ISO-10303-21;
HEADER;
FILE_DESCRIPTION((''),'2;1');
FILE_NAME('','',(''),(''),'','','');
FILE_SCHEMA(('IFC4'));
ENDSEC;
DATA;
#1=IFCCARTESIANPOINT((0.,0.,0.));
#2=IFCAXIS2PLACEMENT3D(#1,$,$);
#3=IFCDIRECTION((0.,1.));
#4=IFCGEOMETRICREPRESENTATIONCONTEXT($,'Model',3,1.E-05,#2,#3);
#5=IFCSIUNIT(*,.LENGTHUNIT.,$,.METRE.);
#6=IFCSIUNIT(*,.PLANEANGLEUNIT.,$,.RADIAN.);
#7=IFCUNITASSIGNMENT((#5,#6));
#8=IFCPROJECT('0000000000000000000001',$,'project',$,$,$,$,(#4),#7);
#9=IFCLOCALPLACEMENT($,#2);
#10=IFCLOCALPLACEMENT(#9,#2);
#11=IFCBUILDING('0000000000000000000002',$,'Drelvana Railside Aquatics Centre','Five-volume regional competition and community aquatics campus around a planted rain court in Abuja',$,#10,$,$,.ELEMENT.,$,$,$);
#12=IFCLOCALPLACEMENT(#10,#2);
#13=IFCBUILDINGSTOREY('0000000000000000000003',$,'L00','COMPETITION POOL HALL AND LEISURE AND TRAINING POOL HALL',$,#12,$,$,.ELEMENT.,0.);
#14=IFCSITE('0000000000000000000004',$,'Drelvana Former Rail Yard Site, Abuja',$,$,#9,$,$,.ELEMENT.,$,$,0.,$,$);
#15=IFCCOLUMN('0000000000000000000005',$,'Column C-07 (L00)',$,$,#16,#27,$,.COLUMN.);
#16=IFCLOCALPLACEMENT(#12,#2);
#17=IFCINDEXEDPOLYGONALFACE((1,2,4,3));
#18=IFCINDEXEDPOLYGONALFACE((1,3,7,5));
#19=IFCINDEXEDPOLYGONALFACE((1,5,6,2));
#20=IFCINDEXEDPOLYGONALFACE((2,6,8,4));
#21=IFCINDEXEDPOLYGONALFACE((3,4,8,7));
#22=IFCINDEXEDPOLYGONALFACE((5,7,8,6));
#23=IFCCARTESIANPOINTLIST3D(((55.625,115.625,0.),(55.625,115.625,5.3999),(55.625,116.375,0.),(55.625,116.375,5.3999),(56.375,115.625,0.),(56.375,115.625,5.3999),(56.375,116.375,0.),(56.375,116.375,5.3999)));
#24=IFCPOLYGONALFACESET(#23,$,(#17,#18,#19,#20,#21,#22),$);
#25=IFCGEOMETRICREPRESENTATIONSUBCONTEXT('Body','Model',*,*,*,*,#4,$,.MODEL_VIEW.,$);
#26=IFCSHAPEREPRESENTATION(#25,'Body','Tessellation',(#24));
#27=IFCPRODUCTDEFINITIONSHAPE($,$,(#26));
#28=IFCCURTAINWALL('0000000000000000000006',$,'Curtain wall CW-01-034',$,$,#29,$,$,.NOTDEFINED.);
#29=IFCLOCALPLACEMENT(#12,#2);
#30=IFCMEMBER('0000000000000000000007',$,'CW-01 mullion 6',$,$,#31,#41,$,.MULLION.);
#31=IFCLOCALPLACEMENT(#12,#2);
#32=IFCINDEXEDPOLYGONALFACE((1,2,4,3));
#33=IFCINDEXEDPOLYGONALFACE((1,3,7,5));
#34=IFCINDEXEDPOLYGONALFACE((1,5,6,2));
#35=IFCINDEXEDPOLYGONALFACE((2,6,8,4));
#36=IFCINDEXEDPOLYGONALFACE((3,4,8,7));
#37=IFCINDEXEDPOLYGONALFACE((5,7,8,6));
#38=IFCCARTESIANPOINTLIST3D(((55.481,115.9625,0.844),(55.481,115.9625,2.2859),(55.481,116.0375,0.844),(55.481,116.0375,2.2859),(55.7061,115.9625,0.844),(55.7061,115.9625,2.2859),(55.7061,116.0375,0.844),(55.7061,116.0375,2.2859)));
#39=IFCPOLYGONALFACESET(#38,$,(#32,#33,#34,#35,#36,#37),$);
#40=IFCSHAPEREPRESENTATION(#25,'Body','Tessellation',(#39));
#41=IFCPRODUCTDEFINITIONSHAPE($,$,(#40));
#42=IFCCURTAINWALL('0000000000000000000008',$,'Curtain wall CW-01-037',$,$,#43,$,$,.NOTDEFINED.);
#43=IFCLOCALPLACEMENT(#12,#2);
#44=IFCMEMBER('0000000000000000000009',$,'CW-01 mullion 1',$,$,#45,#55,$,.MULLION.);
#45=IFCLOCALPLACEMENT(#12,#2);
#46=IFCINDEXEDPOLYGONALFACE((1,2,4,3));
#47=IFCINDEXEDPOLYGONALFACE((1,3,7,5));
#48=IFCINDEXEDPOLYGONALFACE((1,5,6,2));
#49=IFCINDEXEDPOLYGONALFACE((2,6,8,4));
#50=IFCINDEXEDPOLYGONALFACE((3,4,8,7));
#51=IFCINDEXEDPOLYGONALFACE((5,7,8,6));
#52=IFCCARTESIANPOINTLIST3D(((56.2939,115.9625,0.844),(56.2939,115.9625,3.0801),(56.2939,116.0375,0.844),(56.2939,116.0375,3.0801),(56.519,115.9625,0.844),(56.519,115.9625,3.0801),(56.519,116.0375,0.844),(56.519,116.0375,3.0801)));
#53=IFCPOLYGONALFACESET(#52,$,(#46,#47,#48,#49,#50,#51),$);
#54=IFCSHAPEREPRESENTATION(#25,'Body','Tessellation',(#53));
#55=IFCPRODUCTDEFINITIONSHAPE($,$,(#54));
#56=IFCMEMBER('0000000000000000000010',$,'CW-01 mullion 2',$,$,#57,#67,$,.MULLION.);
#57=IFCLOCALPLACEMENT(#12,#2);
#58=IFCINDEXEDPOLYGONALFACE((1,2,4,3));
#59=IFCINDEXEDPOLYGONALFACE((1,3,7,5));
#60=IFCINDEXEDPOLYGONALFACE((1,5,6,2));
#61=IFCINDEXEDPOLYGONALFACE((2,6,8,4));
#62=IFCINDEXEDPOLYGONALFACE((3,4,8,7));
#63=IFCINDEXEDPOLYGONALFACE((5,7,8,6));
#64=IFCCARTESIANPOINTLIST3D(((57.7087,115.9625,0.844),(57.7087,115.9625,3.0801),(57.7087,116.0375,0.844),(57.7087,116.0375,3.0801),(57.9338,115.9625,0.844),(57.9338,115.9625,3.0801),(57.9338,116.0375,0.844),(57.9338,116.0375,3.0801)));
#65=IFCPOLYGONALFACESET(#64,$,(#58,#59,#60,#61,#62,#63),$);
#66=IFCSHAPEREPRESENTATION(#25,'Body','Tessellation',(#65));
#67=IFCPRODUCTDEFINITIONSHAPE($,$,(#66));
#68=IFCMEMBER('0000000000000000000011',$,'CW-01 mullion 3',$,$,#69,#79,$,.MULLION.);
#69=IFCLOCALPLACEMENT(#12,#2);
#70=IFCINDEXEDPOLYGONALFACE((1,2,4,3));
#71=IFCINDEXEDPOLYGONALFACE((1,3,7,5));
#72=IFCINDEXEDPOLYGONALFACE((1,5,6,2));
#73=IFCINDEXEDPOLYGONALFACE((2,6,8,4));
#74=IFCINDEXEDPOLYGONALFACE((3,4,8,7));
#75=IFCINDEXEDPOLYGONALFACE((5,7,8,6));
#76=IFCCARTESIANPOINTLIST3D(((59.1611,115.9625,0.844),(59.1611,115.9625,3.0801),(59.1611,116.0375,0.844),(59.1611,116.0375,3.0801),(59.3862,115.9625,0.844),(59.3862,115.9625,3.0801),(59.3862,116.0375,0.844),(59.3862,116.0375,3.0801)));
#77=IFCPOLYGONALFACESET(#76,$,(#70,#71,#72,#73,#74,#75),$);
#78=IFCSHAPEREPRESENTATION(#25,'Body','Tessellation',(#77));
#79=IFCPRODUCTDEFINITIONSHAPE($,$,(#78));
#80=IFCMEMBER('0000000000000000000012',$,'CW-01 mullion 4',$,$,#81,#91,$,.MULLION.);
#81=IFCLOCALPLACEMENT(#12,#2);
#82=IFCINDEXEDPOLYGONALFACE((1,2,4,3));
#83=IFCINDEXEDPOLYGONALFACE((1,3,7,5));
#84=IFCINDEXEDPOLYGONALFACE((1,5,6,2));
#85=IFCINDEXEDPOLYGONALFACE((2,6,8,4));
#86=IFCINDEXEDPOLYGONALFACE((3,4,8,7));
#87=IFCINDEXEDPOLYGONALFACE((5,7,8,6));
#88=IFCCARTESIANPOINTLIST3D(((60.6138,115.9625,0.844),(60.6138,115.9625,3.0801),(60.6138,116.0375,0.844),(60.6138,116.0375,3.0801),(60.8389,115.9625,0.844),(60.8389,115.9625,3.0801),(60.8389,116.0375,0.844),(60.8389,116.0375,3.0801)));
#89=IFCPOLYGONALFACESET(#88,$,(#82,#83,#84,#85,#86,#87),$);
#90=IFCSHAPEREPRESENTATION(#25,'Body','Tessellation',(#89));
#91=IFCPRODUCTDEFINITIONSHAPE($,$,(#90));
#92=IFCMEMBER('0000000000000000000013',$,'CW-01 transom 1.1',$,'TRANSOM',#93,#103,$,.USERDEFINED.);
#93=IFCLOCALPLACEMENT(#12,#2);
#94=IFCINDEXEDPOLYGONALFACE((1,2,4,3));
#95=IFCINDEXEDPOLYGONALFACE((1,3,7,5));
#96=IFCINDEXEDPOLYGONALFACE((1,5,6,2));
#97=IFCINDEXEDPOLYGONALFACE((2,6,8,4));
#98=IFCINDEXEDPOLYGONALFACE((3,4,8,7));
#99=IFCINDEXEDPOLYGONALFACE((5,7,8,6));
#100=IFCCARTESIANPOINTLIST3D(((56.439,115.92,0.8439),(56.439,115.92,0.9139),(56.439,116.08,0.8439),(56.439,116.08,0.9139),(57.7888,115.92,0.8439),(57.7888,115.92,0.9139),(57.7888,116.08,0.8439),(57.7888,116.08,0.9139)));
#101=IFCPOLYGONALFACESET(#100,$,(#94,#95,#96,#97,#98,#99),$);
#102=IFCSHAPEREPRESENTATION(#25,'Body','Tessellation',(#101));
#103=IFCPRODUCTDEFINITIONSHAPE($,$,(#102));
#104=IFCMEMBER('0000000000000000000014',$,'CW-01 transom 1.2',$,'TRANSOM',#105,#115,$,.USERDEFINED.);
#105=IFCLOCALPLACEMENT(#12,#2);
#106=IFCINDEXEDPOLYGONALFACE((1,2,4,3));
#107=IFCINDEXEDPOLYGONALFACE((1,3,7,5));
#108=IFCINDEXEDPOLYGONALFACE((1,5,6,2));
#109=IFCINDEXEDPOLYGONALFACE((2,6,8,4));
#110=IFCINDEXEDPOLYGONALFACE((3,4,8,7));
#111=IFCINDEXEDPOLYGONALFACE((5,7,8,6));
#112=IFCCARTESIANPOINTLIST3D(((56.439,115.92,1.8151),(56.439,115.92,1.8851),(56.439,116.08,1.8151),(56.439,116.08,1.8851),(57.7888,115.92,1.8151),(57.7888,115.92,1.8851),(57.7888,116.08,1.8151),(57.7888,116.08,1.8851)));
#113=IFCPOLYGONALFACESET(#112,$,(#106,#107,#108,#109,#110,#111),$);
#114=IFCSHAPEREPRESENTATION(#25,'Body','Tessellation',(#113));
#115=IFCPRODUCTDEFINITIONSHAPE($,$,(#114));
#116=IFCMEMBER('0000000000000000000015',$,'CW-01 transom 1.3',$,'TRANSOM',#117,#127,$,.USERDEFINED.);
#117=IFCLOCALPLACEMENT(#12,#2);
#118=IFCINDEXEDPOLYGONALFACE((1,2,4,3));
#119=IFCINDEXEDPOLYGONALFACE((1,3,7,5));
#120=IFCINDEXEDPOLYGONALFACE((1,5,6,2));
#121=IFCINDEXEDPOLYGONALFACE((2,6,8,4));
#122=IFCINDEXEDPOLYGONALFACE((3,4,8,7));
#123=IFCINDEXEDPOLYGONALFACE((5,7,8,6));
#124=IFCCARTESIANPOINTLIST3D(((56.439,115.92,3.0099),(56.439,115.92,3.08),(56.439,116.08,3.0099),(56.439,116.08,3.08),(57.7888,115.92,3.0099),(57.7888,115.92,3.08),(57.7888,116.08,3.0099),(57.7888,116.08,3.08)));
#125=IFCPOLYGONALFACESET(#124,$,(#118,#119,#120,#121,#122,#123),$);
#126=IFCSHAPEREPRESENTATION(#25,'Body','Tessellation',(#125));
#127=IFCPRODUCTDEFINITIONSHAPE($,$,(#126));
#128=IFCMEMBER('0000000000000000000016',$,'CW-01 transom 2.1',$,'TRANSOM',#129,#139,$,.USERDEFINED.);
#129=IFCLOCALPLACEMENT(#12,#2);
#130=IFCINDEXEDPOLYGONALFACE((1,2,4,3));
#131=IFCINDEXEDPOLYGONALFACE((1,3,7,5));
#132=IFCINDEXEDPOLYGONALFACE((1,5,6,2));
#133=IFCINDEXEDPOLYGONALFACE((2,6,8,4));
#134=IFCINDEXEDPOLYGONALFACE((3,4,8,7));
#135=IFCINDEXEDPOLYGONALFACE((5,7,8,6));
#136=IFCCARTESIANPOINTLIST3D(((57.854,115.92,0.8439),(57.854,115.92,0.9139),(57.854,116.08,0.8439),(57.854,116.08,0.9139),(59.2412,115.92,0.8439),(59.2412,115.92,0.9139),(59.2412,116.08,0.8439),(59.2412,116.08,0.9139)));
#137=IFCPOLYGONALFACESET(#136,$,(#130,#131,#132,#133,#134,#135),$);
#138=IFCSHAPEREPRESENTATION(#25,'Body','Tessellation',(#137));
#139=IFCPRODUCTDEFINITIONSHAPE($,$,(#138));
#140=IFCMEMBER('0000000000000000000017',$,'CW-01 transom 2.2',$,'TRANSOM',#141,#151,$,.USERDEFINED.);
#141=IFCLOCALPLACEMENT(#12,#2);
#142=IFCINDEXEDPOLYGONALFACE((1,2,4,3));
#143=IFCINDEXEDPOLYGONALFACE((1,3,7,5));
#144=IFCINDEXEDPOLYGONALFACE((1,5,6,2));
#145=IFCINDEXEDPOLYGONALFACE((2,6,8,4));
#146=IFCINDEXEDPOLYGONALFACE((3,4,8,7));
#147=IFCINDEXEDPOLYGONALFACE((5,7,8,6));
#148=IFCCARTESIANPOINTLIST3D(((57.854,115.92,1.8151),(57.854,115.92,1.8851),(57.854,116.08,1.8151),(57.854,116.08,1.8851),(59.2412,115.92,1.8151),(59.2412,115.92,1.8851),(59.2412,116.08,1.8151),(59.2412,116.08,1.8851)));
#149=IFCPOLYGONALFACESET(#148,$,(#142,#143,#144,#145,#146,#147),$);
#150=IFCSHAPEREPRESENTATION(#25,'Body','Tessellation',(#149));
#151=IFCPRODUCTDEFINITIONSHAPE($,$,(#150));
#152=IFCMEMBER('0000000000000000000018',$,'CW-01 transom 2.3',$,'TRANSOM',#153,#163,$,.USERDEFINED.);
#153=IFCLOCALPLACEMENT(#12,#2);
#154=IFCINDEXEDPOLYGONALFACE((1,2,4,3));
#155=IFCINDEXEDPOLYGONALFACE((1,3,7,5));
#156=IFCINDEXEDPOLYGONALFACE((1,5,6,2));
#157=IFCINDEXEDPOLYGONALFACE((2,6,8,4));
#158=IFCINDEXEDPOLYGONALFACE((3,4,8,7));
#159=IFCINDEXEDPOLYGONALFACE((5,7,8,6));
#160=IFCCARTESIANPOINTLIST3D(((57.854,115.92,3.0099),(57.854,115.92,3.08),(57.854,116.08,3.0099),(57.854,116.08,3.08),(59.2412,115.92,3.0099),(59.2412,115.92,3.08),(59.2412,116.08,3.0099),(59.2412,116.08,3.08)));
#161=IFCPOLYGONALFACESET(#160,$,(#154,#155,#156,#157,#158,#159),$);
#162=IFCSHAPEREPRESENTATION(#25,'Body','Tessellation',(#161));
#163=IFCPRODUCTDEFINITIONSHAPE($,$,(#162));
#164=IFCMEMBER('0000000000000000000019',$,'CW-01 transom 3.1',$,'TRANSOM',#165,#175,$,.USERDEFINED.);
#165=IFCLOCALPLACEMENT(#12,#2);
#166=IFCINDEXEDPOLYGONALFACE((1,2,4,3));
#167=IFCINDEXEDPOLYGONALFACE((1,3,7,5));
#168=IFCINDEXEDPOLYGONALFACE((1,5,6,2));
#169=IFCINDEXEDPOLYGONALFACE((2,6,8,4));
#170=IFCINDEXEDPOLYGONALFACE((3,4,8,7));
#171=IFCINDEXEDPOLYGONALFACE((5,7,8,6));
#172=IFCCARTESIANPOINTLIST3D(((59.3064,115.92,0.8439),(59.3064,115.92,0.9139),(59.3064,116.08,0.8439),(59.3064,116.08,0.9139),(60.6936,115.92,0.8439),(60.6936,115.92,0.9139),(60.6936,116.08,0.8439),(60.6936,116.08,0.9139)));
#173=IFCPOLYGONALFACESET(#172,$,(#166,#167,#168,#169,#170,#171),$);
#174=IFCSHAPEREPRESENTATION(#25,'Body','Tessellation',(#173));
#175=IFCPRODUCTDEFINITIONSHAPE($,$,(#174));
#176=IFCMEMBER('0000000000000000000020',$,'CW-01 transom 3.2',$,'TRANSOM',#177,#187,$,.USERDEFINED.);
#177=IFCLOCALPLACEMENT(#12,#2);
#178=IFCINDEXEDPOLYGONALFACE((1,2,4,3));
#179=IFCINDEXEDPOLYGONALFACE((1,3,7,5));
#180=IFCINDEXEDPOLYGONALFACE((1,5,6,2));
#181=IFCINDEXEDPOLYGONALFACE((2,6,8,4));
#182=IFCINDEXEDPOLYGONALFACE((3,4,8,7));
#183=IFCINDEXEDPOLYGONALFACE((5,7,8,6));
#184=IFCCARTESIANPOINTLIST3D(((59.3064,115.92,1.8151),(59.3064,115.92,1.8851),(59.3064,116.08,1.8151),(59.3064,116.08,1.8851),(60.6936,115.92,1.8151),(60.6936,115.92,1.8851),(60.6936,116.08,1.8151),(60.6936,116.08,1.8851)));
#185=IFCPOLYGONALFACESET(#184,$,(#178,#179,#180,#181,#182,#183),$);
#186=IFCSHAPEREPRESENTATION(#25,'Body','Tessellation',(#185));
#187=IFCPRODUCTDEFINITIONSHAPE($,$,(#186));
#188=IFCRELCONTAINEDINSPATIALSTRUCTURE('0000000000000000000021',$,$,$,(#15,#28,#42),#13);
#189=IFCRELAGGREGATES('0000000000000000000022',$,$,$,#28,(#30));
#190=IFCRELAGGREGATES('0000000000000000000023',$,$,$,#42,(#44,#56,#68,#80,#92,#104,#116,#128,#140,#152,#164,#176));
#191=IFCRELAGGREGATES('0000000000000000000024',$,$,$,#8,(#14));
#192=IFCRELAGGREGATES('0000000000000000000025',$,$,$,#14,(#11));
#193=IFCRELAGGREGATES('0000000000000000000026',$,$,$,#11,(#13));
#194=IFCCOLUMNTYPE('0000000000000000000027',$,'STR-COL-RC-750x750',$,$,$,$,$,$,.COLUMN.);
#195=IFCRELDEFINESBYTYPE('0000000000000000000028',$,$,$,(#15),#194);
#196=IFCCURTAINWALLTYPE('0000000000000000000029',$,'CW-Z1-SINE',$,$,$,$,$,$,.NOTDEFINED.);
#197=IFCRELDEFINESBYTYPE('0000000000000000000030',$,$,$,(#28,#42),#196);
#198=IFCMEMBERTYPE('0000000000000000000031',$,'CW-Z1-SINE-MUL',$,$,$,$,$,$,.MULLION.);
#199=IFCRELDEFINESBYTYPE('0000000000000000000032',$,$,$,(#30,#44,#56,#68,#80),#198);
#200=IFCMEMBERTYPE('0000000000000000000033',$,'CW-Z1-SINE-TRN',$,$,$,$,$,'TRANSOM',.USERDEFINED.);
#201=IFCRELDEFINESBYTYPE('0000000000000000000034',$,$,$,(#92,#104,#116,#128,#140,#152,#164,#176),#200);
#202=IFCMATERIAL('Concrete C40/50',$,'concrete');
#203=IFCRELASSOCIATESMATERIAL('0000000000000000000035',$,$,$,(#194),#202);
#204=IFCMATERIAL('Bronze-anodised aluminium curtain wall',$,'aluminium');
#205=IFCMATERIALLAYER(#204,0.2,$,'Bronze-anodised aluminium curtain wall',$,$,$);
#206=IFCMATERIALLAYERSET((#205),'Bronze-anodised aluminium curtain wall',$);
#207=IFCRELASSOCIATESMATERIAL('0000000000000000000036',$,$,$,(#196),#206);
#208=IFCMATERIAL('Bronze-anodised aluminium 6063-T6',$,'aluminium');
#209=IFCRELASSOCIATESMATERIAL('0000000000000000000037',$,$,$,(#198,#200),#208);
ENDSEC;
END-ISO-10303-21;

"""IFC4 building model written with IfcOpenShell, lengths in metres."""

from ifc_helpers import new_model, si_unit, direction, frame, origin, origin_2d, place, context, subcontext, project, spatial, rectangle, extrude, material, layer, layer_set, material_profile, profile_set, type_object, element, aggregate, save


model = new_model("IFC4")

# Units and contexts
model_context = context("Model", 3, precision=1e-05, world=origin(), true_north=direction((0.0, 1.0)))
body_context = subcontext(model_context, "Body", "Model", "MODEL_VIEW")
ifc_project = project(units=[si_unit("LENGTHUNIT", "METRE"), si_unit("PLANEANGLEUNIT", "RADIAN")], contexts=[model_context])

# Site, building, storey
site_placement = place(None, origin())
site = spatial("IfcSite", under=ifc_project, at=site_placement, Name="Drelvana Former Rail Yard Site, Abuja", CompositionType="ELEMENT", RefElevation=0.0)
building_placement = place(site_placement, origin())
building = spatial("IfcBuilding", under=site, at=building_placement, Name="Drelvana Railside Aquatics Centre", Description="Five-volume regional competition and community aquatics campus around a planted rain court in Abuja", CompositionType="ELEMENT")
storey_placement = place(building_placement, origin())
storey = spatial("IfcBuildingStorey", under=building, at=storey_placement, Name="L00", Description="COMPETITION POOL HALL AND LEISURE AND TRAINING POOL HALL", CompositionType="ELEMENT", Elevation=0.0)

# Column
ifc_material_1 = material(Name="Concrete C40/50", Category="concrete")
ifc_material_profile_1 = material_profile(ifc_material_1, rectangle(XDim=0.75, YDim=0.75, at=origin_2d()), Name="RC 750x750")
ifc_profile_set_1 = profile_set([ifc_material_profile_1], Name="Concrete C40/50")
column_type = type_object("IfcColumnType", Name="STR-COL-RC-750x750", PredefinedType="COLUMN", material=ifc_profile_set_1)
column_placement = place(storey_placement, frame((56.0, 116.0, 0.0), z_axis=(0.0, 0.0, 1.0), x_axis=(1.0, 0.0, 0.0)))
element("IfcColumn", 1, at=column_placement, inside=storey, type_object=column_type, Name="Column C-07 (L00)", PredefinedType="COLUMN", context=body_context, shape_type="SweptSolid", body=[
    extrude(rectangle(XDim=0.75, YDim=0.75, at=origin_2d()), origin(), (0.0, 0.0, 1.0), 5.3999),
])

# Curtain wall, member
ifc_material_2 = material(Name="Bronze-anodised aluminium curtain wall", Category="aluminium")
ifc_layer_1 = layer(ifc_material_2, 0.2, Name="Bronze-anodised aluminium curtain wall")
ifc_layer_set_1 = layer_set([ifc_layer_1], Name="Bronze-anodised aluminium curtain wall")
curtain_wall_type = type_object("IfcCurtainWallType", Name="CW-Z1-SINE", PredefinedType="NOTDEFINED", material=ifc_layer_set_1)
curtain_wall_1_placement = place(storey_placement, origin())
curtain_wall_1 = element("IfcCurtainWall", 2, at=curtain_wall_1_placement, inside=storey, type_object=curtain_wall_type, Name="Curtain wall CW-01-034", PredefinedType="NOTDEFINED")
ifc_material_3 = material(Name="Bronze-anodised aluminium 6063-T6", Category="aluminium")
ifc_material_profile_2 = material_profile(ifc_material_3, rectangle(XDim=0.075, YDim=0.2251, at=origin_2d()), Name="ALU-M 75x225")
ifc_profile_set_2 = profile_set([ifc_material_profile_2], Name="Bronze-anodised aluminium 6063-T6")
member_type_1 = type_object("IfcMemberType", Name="CW-Z1-SINE-MUL", PredefinedType="MULLION", material=ifc_profile_set_2)
member_1_placement = place(storey_placement, frame((55.5935, 116.0, 0.844), z_axis=(0.0, 0.0, 1.0), x_axis=(0.0, 1.0, 0.0)))
member_1 = element("IfcMember", 3, at=member_1_placement, type_object=member_type_1, Name="CW-01 mullion 6", PredefinedType="MULLION", context=body_context, shape_type="SweptSolid", body=[
    extrude(rectangle(XDim=0.075, YDim=0.2251, at=origin_2d()), origin(), (0.0, 0.0, 1.0), 1.4419),
])
aggregate(curtain_wall_1, [member_1])

# Curtain wall, members
curtain_wall_2_placement = place(storey_placement, origin())
curtain_wall_2 = element("IfcCurtainWall", 4, at=curtain_wall_2_placement, inside=storey, type_object=curtain_wall_type, Name="Curtain wall CW-01-037", PredefinedType="NOTDEFINED")
member_2_placement = place(storey_placement, frame((56.4065, 116.0, 0.844), z_axis=(0.0, 0.0, 1.0), x_axis=(0.0, 1.0, 0.0)))
member_2 = element("IfcMember", 5, at=member_2_placement, type_object=member_type_1, Name="CW-01 mullion 1", PredefinedType="MULLION", context=body_context, shape_type="SweptSolid", body=[
    extrude(rectangle(XDim=0.075, YDim=0.2251, at=origin_2d()), origin(), (0.0, 0.0, 1.0), 2.2361),
])
member_3_placement = place(storey_placement, frame((57.8213, 116.0, 0.844), z_axis=(0.0, 0.0, 1.0), x_axis=(0.0, 1.0, 0.0)))
member_3 = element("IfcMember", 6, at=member_3_placement, type_object=member_type_1, Name="CW-01 mullion 2", PredefinedType="MULLION", context=body_context, shape_type="SweptSolid", body=[
    extrude(rectangle(XDim=0.075, YDim=0.2251, at=origin_2d()), origin(), (0.0, 0.0, 1.0), 2.2361),
])
member_4_placement = place(storey_placement, frame((59.2737, 116.0, 0.844), z_axis=(0.0, 0.0, 1.0), x_axis=(0.0, 1.0, 0.0)))
member_4 = element("IfcMember", 7, at=member_4_placement, type_object=member_type_1, Name="CW-01 mullion 3", PredefinedType="MULLION", context=body_context, shape_type="SweptSolid", body=[
    extrude(rectangle(XDim=0.075, YDim=0.2251, at=origin_2d()), origin(), (0.0, 0.0, 1.0), 2.2361),
])
member_5_placement = place(storey_placement, frame((60.7263, 116.0, 0.844), z_axis=(0.0, 0.0, 1.0), x_axis=(0.0, 1.0, 0.0)))
member_5 = element("IfcMember", 8, at=member_5_placement, type_object=member_type_1, Name="CW-01 mullion 4", PredefinedType="MULLION", context=body_context, shape_type="SweptSolid", body=[
    extrude(rectangle(XDim=0.075, YDim=0.2251, at=origin_2d()), origin(), (0.0, 0.0, 1.0), 2.2361),
])
ifc_material_profile_3 = material_profile(ifc_material_3, rectangle(XDim=0.1599, YDim=0.0701, at=origin_2d()), Name="ALU-T 70x160")
ifc_profile_set_3 = profile_set([ifc_material_profile_3], Name="Bronze-anodised aluminium 6063-T6")
member_type_2 = type_object("IfcMemberType", Name="CW-Z1-SINE-TRN", ElementType="TRANSOM", PredefinedType="USERDEFINED", material=ifc_profile_set_3)
member_6_placement = place(storey_placement, frame((56.439, 116.0, 0.8789), z_axis=(1.0, 0.0, 0.0), x_axis=(0.0, 1.0, 0.0)))
member_6 = element("IfcMember", 9, at=member_6_placement, type_object=member_type_2, Name="CW-01 transom 1.1", ObjectType="TRANSOM", PredefinedType="USERDEFINED", context=body_context, shape_type="SweptSolid", body=[
    extrude(rectangle(XDim=0.1599, YDim=0.0701, at=origin_2d()), origin(), (0.0, 0.0, 1.0), 1.3499),
])
member_7_placement = place(storey_placement, frame((56.439, 116.0, 1.8501), z_axis=(1.0, 0.0, 0.0), x_axis=(0.0, 1.0, 0.0)))
member_7 = element("IfcMember", 10, at=member_7_placement, type_object=member_type_2, Name="CW-01 transom 1.2", ObjectType="TRANSOM", PredefinedType="USERDEFINED", context=body_context, shape_type="SweptSolid", body=[
    extrude(rectangle(XDim=0.1599, YDim=0.0701, at=origin_2d()), origin(), (0.0, 0.0, 1.0), 1.3499),
])
member_8_placement = place(storey_placement, frame((56.439, 116.0, 3.0449), z_axis=(1.0, 0.0, 0.0), x_axis=(0.0, 1.0, 0.0)))
member_8 = element("IfcMember", 11, at=member_8_placement, type_object=member_type_2, Name="CW-01 transom 1.3", ObjectType="TRANSOM", PredefinedType="USERDEFINED", context=body_context, shape_type="SweptSolid", body=[
    extrude(rectangle(XDim=0.1599, YDim=0.0701, at=origin_2d()), origin(), (0.0, 0.0, 1.0), 1.3499),
])
member_9_placement = place(storey_placement, frame((57.854, 116.0, 0.8789), z_axis=(1.0, 0.0, 0.0), x_axis=(0.0, 1.0, 0.0)))
member_9 = element("IfcMember", 12, at=member_9_placement, type_object=member_type_2, Name="CW-01 transom 2.1", ObjectType="TRANSOM", PredefinedType="USERDEFINED", context=body_context, shape_type="SweptSolid", body=[
    extrude(rectangle(XDim=0.1599, YDim=0.0701, at=origin_2d()), origin(), (0.0, 0.0, 1.0), 1.3872),
])
member_10_placement = place(storey_placement, frame((57.854, 116.0, 1.8501), z_axis=(1.0, 0.0, 0.0), x_axis=(0.0, 1.0, 0.0)))
member_10 = element("IfcMember", 13, at=member_10_placement, type_object=member_type_2, Name="CW-01 transom 2.2", ObjectType="TRANSOM", PredefinedType="USERDEFINED", context=body_context, shape_type="SweptSolid", body=[
    extrude(rectangle(XDim=0.1599, YDim=0.0701, at=origin_2d()), origin(), (0.0, 0.0, 1.0), 1.3872),
])
member_11_placement = place(storey_placement, frame((57.854, 116.0, 3.0449), z_axis=(1.0, 0.0, 0.0), x_axis=(0.0, 1.0, 0.0)))
member_11 = element("IfcMember", 14, at=member_11_placement, type_object=member_type_2, Name="CW-01 transom 2.3", ObjectType="TRANSOM", PredefinedType="USERDEFINED", context=body_context, shape_type="SweptSolid", body=[
    extrude(rectangle(XDim=0.1599, YDim=0.0701, at=origin_2d()), origin(), (0.0, 0.0, 1.0), 1.3872),
])
member_12_placement = place(storey_placement, frame((59.3064, 116.0, 0.8789), z_axis=(1.0, 0.0, 0.0), x_axis=(0.0, 1.0, 0.0)))
member_12 = element("IfcMember", 15, at=member_12_placement, type_object=member_type_2, Name="CW-01 transom 3.1", ObjectType="TRANSOM", PredefinedType="USERDEFINED", context=body_context, shape_type="SweptSolid", body=[
    extrude(rectangle(XDim=0.1599, YDim=0.0701, at=origin_2d()), origin(), (0.0, 0.0, 1.0), 1.3872),
])
member_13_placement = place(storey_placement, frame((59.3064, 116.0, 1.8501), z_axis=(1.0, 0.0, 0.0), x_axis=(0.0, 1.0, 0.0)))
member_13 = element("IfcMember", 16, at=member_13_placement, type_object=member_type_2, Name="CW-01 transom 3.2", ObjectType="TRANSOM", PredefinedType="USERDEFINED", context=body_context, shape_type="SweptSolid", body=[
    extrude(rectangle(XDim=0.1599, YDim=0.0701, at=origin_2d()), origin(), (0.0, 0.0, 1.0), 1.3872),
])

aggregate(curtain_wall_2, [member_2, member_3, member_4, member_5, member_6, member_7, member_8, member_9, member_10, member_11, member_12, member_13])

save(model, "model.ifc")
